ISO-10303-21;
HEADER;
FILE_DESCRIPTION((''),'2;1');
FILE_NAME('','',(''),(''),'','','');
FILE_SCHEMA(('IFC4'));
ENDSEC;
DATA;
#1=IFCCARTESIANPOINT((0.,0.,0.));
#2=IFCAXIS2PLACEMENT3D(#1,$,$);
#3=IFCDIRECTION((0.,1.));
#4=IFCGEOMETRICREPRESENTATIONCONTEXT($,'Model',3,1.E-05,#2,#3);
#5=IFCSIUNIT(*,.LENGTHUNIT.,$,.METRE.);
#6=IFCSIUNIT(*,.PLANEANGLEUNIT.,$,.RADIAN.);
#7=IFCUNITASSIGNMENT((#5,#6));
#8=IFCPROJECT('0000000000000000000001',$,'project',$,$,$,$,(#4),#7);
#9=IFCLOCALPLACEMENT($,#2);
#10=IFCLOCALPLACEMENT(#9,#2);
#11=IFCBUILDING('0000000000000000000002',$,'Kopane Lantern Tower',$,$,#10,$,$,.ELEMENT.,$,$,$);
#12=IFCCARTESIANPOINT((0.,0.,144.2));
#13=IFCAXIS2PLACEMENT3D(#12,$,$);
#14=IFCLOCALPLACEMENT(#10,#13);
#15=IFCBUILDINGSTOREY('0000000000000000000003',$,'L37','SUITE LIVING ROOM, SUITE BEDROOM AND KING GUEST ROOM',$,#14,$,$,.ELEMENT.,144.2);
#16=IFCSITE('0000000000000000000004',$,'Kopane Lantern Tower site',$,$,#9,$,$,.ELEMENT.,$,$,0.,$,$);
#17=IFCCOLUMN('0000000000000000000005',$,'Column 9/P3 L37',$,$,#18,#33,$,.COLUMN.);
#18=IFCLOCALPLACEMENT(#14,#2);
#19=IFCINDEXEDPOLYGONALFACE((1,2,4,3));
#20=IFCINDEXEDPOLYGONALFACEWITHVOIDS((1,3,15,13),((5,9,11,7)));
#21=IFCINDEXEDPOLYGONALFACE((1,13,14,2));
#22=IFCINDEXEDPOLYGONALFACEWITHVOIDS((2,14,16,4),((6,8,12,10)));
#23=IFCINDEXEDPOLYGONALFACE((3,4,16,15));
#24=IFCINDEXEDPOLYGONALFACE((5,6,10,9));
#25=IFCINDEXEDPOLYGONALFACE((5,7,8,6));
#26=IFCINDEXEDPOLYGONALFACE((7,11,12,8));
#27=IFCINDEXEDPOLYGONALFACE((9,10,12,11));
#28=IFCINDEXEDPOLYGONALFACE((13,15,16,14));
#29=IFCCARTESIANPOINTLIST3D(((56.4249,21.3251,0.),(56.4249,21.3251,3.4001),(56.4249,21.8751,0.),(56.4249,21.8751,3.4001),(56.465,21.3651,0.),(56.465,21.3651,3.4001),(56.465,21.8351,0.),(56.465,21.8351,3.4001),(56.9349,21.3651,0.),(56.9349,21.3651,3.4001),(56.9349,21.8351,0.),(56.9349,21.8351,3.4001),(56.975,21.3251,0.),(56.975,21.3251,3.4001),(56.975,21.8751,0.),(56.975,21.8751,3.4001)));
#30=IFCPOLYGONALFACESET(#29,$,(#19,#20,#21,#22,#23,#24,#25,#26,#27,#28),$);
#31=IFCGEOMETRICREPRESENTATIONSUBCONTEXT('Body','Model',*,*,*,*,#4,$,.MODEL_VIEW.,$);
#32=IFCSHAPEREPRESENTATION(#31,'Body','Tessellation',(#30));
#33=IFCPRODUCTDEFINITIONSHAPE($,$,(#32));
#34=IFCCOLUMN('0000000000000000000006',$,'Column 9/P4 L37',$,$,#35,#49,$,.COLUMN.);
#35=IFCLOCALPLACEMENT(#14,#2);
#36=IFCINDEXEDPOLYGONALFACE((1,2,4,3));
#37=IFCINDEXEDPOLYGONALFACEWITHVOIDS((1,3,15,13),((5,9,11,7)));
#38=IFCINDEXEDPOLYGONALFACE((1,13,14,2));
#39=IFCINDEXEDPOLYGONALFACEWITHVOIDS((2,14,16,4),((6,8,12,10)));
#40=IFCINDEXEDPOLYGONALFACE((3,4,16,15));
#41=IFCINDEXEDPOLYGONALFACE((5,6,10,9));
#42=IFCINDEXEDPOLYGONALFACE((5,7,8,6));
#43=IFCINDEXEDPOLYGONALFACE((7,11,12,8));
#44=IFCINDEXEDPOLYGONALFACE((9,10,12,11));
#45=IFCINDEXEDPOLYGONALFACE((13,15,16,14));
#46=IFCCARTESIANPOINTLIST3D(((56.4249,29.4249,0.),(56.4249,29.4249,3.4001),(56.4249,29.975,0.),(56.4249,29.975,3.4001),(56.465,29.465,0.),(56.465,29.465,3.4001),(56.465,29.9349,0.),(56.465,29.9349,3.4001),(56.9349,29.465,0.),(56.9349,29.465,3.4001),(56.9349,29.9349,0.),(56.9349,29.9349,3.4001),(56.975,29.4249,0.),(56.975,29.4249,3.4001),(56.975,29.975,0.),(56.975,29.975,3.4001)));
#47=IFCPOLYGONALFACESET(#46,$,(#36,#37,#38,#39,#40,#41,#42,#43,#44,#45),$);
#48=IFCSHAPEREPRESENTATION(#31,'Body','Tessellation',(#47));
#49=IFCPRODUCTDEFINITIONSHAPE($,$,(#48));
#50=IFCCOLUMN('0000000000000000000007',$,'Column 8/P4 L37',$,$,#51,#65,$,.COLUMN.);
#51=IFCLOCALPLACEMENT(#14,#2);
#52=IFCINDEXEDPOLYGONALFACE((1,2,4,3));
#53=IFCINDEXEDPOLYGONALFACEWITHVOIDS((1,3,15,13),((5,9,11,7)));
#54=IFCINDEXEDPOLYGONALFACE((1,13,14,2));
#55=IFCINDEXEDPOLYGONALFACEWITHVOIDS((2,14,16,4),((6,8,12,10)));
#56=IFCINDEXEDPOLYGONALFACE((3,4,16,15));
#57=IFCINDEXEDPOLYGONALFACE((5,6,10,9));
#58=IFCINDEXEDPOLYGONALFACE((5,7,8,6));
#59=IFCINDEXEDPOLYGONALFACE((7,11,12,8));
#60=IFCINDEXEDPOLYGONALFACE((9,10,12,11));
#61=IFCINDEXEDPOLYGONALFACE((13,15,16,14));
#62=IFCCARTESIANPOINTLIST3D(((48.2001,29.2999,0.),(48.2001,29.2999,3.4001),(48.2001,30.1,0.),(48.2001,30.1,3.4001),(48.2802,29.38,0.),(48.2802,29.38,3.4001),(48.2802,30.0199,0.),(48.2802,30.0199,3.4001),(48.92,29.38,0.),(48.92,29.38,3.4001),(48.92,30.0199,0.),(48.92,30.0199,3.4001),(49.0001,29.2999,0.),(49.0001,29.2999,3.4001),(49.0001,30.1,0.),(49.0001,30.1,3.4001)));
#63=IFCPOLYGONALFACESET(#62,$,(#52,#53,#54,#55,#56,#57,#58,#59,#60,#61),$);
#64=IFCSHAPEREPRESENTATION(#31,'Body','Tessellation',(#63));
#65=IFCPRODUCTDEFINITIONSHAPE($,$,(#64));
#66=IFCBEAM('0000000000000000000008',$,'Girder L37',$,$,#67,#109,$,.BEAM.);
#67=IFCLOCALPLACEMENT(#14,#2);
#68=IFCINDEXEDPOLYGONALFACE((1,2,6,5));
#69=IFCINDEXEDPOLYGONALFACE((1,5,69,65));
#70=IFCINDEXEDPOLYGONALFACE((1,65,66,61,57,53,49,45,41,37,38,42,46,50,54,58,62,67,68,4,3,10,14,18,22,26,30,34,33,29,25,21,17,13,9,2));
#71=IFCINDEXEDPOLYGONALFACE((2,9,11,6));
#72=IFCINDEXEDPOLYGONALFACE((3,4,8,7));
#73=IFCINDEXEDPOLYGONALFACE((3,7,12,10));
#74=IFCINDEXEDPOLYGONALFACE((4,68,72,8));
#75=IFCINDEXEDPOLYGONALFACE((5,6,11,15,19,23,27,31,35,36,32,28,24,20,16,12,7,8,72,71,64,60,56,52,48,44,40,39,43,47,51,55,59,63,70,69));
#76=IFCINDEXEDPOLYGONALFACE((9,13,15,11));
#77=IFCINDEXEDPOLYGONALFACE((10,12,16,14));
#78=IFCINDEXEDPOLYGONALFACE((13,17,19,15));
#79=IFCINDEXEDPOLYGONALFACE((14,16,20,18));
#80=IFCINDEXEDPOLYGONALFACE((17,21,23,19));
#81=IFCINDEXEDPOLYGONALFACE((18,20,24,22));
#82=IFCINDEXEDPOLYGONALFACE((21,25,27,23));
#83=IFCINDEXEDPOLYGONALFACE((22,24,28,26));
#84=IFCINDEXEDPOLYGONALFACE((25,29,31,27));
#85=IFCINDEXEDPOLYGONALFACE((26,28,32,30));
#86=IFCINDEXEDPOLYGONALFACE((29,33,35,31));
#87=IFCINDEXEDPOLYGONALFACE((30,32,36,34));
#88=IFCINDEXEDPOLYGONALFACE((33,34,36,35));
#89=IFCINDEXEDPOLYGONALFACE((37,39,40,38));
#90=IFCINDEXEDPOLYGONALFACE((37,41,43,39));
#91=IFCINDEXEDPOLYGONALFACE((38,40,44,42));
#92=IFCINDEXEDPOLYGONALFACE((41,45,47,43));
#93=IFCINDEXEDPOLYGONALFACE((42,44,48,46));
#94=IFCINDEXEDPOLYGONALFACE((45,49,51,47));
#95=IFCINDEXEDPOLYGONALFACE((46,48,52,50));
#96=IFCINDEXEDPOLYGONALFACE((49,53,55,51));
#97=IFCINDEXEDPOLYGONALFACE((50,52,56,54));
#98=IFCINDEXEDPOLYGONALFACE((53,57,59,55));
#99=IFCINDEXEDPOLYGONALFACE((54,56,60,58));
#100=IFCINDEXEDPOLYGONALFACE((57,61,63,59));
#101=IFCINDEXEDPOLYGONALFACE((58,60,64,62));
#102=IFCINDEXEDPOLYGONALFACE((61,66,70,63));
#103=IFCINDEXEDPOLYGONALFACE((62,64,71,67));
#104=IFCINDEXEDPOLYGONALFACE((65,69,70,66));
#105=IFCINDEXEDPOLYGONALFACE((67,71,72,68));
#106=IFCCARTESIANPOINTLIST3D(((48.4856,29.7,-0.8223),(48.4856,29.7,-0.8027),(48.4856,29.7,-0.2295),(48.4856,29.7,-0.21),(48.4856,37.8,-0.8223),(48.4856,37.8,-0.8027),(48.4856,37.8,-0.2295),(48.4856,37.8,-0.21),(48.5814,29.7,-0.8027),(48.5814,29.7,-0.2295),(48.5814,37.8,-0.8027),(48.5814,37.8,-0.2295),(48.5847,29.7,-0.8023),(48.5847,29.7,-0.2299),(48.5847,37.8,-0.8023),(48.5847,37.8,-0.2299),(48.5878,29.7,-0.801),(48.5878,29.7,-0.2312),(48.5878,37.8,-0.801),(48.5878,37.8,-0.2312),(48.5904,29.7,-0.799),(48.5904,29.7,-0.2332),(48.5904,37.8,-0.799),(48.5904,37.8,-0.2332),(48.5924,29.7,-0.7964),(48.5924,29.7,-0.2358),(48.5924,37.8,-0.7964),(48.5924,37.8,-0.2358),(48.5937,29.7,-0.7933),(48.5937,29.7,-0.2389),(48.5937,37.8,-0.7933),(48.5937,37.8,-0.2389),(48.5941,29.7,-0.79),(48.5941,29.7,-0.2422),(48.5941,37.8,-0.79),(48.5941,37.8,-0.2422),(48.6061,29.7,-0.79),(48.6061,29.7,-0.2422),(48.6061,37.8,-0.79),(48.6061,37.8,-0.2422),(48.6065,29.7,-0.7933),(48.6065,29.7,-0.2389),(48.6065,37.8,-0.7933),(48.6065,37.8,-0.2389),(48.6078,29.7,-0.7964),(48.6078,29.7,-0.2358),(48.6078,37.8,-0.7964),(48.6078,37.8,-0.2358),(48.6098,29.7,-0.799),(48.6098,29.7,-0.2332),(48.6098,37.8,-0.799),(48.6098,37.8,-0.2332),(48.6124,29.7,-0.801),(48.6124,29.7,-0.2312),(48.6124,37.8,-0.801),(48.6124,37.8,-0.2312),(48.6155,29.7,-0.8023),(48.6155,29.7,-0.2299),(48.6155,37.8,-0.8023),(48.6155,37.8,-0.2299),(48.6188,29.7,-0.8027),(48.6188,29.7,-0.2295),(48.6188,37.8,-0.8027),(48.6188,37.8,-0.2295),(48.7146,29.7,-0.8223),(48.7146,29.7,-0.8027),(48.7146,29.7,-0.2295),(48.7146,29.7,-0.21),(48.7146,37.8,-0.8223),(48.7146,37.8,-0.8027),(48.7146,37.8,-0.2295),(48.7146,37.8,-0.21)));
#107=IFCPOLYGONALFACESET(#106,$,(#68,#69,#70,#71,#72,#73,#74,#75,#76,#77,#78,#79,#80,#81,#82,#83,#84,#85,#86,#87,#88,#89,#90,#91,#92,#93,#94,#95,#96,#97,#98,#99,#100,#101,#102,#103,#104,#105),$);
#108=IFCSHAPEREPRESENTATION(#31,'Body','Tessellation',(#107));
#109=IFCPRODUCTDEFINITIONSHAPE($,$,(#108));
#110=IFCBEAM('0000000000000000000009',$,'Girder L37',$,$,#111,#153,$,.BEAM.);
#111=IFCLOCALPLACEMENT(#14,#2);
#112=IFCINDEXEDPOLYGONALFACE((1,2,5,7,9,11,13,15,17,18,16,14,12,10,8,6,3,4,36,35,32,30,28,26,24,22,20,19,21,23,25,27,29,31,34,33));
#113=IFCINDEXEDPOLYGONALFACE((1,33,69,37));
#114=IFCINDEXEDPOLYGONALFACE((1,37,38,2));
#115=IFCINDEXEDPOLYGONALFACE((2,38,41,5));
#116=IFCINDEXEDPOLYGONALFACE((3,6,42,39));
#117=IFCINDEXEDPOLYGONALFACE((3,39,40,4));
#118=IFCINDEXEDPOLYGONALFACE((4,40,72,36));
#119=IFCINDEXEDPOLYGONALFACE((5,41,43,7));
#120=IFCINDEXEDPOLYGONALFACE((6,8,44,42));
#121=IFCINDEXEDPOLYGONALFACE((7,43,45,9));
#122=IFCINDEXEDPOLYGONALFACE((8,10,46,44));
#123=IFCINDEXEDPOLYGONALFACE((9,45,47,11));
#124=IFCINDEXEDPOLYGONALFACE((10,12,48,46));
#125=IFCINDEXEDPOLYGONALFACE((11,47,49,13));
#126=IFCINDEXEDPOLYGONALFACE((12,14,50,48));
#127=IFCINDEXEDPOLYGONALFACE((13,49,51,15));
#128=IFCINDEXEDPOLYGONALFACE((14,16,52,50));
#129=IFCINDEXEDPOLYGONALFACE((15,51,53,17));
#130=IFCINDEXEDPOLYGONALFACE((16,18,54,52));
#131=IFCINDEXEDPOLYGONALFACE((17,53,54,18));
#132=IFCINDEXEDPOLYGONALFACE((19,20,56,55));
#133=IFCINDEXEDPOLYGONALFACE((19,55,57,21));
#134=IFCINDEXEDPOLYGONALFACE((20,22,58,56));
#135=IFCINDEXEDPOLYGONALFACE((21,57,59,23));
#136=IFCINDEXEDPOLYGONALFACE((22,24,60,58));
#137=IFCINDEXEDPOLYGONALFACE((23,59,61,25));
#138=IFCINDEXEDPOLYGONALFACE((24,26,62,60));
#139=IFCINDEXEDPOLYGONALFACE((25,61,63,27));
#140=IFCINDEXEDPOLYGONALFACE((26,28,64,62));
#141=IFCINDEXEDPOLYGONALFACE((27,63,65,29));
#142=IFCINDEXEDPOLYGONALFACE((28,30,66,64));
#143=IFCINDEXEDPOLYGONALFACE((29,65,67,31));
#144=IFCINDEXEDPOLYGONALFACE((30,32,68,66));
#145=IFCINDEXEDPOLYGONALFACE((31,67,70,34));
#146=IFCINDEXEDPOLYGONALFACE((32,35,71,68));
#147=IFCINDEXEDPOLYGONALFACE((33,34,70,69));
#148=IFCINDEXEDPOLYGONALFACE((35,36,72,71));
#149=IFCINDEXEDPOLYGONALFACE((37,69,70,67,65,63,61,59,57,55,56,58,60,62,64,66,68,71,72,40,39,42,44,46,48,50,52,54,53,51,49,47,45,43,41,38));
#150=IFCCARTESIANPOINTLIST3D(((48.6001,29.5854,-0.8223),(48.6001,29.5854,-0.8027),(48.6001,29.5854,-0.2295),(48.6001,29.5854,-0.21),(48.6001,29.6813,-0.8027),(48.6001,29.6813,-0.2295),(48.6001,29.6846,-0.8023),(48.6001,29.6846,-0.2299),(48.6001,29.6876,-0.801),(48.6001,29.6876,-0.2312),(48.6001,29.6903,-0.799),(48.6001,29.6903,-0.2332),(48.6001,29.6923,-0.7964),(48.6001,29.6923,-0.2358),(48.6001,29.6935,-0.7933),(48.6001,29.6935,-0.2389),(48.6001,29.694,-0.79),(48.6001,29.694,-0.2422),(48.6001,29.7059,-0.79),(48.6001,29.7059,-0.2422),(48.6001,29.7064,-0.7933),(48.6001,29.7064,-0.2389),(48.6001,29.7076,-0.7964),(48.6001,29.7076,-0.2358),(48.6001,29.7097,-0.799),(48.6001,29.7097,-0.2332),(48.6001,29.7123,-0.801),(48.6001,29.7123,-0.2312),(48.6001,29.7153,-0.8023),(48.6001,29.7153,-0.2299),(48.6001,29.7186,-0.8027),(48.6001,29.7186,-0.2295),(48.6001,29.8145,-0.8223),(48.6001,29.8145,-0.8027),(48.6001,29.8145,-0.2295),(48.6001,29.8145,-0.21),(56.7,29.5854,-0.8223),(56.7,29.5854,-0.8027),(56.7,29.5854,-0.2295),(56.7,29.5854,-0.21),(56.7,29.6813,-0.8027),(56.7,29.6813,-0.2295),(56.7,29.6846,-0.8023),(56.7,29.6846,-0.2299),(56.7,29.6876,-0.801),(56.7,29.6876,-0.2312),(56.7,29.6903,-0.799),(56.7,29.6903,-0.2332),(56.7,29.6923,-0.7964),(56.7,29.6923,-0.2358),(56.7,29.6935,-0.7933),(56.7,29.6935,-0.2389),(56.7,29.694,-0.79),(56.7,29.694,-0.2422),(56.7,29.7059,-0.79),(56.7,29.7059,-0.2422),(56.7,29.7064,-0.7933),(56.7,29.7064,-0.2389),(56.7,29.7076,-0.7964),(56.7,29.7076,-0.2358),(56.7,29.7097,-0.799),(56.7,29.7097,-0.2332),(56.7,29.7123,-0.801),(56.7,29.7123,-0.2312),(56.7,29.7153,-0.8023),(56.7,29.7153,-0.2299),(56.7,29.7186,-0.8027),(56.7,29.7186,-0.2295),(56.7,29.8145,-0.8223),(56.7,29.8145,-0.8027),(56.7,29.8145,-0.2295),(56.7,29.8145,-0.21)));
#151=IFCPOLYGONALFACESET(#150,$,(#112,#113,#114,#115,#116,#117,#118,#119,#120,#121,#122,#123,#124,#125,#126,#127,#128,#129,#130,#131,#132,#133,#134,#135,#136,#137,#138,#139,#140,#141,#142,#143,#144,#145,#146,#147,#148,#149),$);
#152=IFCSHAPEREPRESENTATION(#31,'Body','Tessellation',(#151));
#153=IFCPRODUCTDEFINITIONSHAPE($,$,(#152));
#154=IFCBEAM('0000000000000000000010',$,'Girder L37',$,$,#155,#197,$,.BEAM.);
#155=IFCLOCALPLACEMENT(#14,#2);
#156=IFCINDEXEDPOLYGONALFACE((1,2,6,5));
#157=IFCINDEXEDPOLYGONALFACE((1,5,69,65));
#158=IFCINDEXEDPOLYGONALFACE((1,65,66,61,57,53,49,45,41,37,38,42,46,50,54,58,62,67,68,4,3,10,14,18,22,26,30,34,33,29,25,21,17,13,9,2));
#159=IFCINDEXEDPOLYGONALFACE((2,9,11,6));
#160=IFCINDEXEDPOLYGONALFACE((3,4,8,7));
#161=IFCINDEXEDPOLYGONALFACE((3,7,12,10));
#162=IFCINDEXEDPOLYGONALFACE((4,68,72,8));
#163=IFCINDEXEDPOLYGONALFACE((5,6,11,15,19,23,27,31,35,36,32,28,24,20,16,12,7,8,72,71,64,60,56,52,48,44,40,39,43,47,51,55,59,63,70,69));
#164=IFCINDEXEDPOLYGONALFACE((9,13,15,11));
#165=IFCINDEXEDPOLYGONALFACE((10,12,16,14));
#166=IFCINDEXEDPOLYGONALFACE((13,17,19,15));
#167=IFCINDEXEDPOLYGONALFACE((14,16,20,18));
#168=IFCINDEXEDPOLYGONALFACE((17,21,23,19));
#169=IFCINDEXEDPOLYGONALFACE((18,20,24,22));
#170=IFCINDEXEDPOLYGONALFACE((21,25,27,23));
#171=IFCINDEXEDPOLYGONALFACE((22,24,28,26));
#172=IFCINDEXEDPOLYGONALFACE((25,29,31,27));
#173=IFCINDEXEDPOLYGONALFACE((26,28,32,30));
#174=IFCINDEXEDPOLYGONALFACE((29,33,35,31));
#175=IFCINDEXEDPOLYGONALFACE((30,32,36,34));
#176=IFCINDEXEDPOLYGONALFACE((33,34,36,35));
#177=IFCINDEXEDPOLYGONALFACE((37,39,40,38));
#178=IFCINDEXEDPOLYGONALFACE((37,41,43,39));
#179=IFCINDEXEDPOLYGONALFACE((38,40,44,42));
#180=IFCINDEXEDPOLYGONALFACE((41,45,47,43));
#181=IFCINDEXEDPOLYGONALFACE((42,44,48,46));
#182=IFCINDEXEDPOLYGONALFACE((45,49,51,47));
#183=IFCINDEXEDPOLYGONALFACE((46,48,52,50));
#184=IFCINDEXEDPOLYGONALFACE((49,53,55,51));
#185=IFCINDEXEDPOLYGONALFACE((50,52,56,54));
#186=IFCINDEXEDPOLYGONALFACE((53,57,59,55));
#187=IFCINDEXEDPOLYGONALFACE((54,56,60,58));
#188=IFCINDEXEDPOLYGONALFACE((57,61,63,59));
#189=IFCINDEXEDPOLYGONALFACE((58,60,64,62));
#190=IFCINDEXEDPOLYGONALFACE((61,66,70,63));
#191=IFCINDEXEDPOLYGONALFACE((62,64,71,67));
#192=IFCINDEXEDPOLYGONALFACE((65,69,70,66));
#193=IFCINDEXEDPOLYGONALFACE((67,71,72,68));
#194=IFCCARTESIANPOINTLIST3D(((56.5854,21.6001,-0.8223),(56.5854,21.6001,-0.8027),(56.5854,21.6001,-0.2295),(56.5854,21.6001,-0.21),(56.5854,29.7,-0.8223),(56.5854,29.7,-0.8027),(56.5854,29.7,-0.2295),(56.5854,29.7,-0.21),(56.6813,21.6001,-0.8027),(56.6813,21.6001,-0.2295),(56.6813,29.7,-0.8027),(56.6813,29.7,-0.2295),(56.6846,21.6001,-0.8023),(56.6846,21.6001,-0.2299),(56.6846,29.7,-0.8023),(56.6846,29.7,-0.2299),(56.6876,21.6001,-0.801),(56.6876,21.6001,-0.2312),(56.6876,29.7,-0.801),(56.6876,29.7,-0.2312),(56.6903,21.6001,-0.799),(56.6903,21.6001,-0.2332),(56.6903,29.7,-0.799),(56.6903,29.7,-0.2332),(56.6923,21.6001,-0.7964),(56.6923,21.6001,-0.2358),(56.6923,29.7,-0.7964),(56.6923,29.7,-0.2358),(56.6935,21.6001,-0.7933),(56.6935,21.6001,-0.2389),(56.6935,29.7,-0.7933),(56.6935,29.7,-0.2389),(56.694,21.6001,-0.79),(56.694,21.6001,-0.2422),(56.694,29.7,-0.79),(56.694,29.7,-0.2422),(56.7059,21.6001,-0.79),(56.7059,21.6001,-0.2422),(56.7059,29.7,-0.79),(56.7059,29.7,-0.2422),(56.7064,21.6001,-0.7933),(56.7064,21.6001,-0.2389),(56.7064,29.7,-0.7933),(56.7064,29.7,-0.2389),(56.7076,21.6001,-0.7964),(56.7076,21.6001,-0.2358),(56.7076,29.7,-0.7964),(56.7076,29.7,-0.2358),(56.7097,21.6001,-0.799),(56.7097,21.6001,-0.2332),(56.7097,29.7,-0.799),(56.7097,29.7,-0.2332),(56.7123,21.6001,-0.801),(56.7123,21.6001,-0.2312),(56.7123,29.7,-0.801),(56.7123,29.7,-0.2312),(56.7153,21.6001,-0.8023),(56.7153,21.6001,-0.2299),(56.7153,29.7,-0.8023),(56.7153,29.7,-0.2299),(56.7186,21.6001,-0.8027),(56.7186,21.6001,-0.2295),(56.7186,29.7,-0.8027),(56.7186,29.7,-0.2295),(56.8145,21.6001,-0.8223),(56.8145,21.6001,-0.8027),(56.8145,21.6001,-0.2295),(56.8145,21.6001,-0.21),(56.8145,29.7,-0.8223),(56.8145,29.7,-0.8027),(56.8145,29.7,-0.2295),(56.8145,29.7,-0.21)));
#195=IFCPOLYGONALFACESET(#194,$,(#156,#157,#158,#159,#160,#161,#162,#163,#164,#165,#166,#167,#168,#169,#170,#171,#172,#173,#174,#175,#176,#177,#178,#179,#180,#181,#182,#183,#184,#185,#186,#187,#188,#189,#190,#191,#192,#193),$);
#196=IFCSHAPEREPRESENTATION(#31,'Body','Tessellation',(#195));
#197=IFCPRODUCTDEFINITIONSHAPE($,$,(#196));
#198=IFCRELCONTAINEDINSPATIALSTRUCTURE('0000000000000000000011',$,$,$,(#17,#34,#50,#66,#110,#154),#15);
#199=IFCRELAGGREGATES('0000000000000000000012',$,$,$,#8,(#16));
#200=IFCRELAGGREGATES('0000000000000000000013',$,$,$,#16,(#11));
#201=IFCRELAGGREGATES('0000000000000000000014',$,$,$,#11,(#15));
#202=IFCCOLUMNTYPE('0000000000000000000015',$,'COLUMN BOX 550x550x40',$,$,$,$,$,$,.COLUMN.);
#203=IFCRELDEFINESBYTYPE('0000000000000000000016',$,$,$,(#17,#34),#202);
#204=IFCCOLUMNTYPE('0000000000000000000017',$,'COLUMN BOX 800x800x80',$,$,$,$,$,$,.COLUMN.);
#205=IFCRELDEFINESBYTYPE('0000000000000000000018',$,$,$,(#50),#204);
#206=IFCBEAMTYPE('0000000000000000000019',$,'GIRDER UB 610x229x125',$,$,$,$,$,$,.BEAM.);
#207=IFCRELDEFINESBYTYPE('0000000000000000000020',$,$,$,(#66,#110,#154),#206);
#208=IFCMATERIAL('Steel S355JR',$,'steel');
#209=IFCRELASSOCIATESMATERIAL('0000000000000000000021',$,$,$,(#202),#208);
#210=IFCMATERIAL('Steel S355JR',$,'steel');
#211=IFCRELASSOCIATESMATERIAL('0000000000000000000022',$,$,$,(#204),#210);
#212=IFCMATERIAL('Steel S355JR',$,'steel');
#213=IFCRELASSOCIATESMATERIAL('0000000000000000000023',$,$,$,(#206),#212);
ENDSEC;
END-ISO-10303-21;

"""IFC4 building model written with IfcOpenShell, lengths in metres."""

from ifc_helpers import new_model, si_unit, direction, frame, origin, origin_2d, place, context, subcontext, project, spatial, hollow_rectangle, i_section, extrude, material, material_profile, profile_set, type_object, element, save


model = new_model("IFC4")

# Units and contexts
model_context = context("Model", 3, precision=1e-05, world=origin(), true_north=direction((0.0, 1.0)))
body_context = subcontext(model_context, "Body", "Model", "MODEL_VIEW")
ifc_project = project(units=[si_unit("LENGTHUNIT", "METRE"), si_unit("PLANEANGLEUNIT", "RADIAN")], contexts=[model_context])

# Site, building, storey
site_placement = place(None, origin())
site = spatial("IfcSite", under=ifc_project, at=site_placement, Name="Kopane Lantern Tower site", CompositionType="ELEMENT", RefElevation=0.0)
building_placement = place(site_placement, origin())
building = spatial("IfcBuilding", under=site, at=building_placement, Name="Kopane Lantern Tower", CompositionType="ELEMENT")
storey_placement = place(building_placement, frame((0.0, 0.0, 144.2)))
storey = spatial("IfcBuildingStorey", under=building, at=storey_placement, Name="L37", Description="SUITE LIVING ROOM, SUITE BEDROOM AND KING GUEST ROOM", CompositionType="ELEMENT", Elevation=144.2)

# Columns
ifc_material_1 = material(Name="Steel S355JR", Category="steel")
ifc_material_profile_1 = material_profile(ifc_material_1, hollow_rectangle(XDim=0.55, YDim=0.55, WallThickness=0.04, at=origin_2d()), Name="BOX 550x550x40")
ifc_profile_set_1 = profile_set([ifc_material_profile_1], Name="Steel S355JR")
column_type_1 = type_object("IfcColumnType", Name="COLUMN BOX 550x550x40", PredefinedType="COLUMN", material=ifc_profile_set_1)
for number, where, z_axis, x_axis, name in (
    (1, (56.7, 21.6001, 0.0), (0.0, 0.0, 1.0), (1.0, 0.0, 0.0), "Column 9/P3 L37"),
    (2, (56.7, 29.7, 0.0), (0.0, 0.0, 1.0), (1.0, 0.0, 0.0), "Column 9/P4 L37"),
):
    element("IfcColumn", number, at=place(storey_placement, frame(where, z_axis=z_axis, x_axis=x_axis)), inside=storey, type_object=column_type_1, Name=name, PredefinedType="COLUMN", context=body_context, shape_type="SweptSolid", body=[
        extrude(hollow_rectangle(XDim=0.55, YDim=0.55, WallThickness=0.04, at=origin_2d()), origin(), (0.0, 0.0, 1.0), 3.4001),
    ])
ifc_material_2 = material(Name="Steel S355JR", Category="steel")
ifc_material_profile_2 = material_profile(ifc_material_2, hollow_rectangle(XDim=0.8, YDim=0.8, WallThickness=0.0801, at=origin_2d()), Name="BOX 800x800x80")
ifc_profile_set_2 = profile_set([ifc_material_profile_2], Name="Steel S355JR")
column_type_2 = type_object("IfcColumnType", Name="COLUMN BOX 800x800x80", PredefinedType="COLUMN", material=ifc_profile_set_2)
column_placement = place(storey_placement, frame((48.6001, 29.7, 0.0), z_axis=(0.0, 0.0, 1.0), x_axis=(1.0, 0.0, 0.0)))
element("IfcColumn", 3, at=column_placement, inside=storey, type_object=column_type_2, Name="Column 8/P4 L37", PredefinedType="COLUMN", context=body_context, shape_type="SweptSolid", body=[
    extrude(hollow_rectangle(XDim=0.8, YDim=0.8, WallThickness=0.0801, at=origin_2d()), origin(), (0.0, 0.0, 1.0), 3.4001),
])

# Beams
ifc_material_3 = material(Name="Steel S355JR", Category="steel")
ifc_material_profile_3 = material_profile(ifc_material_3, i_section(OverallWidth=0.229, OverallDepth=0.6123, WebThickness=0.012, FlangeThickness=0.0195, FilletRadius=0.0127, at=origin_2d()), Name="UB 610x229x125")
ifc_profile_set_3 = profile_set([ifc_material_profile_3], Name="Steel S355JR")
beam_type = type_object("IfcBeamType", Name="GIRDER UB 610x229x125", PredefinedType="BEAM", material=ifc_profile_set_3)
beam_1_placement = place(storey_placement, frame((48.6001, 29.7, -0.5161), z_axis=(0.0, 1.0, 0.0), x_axis=(-1.0, 0.0, 0.0)))
element("IfcBeam", 4, at=beam_1_placement, inside=storey, type_object=beam_type, Name="Girder L37", PredefinedType="BEAM", context=body_context, shape_type="SweptSolid", body=[
    extrude(i_section(OverallWidth=0.229, OverallDepth=0.6123, WebThickness=0.012, FlangeThickness=0.0195, FilletRadius=0.0127, at=origin_2d()), origin(), (0.0, 0.0, 1.0), 8.1001),
])
for number, where, z_axis, x_axis, name in (
    (5, (48.6001, 29.7, -0.5161), (1.0, 0.0, 0.0), (0.0, 1.0, 0.0), "Girder L37"),
    (6, (56.7, 21.6001, -0.5161), (0.0, 1.0, 0.0), (-1.0, 0.0, 0.0), "Girder L37"),
):
    element("IfcBeam", number, at=place(storey_placement, frame(where, z_axis=z_axis, x_axis=x_axis)), inside=storey, type_object=beam_type, Name=name, PredefinedType="BEAM", context=body_context, shape_type="SweptSolid", body=[
        extrude(i_section(OverallWidth=0.229, OverallDepth=0.6123, WebThickness=0.012, FlangeThickness=0.0195, FilletRadius=0.0127, at=origin_2d()), origin(), (0.0, 0.0, 1.0), 8.0999),
    ])

save(model, "model.ifc")
